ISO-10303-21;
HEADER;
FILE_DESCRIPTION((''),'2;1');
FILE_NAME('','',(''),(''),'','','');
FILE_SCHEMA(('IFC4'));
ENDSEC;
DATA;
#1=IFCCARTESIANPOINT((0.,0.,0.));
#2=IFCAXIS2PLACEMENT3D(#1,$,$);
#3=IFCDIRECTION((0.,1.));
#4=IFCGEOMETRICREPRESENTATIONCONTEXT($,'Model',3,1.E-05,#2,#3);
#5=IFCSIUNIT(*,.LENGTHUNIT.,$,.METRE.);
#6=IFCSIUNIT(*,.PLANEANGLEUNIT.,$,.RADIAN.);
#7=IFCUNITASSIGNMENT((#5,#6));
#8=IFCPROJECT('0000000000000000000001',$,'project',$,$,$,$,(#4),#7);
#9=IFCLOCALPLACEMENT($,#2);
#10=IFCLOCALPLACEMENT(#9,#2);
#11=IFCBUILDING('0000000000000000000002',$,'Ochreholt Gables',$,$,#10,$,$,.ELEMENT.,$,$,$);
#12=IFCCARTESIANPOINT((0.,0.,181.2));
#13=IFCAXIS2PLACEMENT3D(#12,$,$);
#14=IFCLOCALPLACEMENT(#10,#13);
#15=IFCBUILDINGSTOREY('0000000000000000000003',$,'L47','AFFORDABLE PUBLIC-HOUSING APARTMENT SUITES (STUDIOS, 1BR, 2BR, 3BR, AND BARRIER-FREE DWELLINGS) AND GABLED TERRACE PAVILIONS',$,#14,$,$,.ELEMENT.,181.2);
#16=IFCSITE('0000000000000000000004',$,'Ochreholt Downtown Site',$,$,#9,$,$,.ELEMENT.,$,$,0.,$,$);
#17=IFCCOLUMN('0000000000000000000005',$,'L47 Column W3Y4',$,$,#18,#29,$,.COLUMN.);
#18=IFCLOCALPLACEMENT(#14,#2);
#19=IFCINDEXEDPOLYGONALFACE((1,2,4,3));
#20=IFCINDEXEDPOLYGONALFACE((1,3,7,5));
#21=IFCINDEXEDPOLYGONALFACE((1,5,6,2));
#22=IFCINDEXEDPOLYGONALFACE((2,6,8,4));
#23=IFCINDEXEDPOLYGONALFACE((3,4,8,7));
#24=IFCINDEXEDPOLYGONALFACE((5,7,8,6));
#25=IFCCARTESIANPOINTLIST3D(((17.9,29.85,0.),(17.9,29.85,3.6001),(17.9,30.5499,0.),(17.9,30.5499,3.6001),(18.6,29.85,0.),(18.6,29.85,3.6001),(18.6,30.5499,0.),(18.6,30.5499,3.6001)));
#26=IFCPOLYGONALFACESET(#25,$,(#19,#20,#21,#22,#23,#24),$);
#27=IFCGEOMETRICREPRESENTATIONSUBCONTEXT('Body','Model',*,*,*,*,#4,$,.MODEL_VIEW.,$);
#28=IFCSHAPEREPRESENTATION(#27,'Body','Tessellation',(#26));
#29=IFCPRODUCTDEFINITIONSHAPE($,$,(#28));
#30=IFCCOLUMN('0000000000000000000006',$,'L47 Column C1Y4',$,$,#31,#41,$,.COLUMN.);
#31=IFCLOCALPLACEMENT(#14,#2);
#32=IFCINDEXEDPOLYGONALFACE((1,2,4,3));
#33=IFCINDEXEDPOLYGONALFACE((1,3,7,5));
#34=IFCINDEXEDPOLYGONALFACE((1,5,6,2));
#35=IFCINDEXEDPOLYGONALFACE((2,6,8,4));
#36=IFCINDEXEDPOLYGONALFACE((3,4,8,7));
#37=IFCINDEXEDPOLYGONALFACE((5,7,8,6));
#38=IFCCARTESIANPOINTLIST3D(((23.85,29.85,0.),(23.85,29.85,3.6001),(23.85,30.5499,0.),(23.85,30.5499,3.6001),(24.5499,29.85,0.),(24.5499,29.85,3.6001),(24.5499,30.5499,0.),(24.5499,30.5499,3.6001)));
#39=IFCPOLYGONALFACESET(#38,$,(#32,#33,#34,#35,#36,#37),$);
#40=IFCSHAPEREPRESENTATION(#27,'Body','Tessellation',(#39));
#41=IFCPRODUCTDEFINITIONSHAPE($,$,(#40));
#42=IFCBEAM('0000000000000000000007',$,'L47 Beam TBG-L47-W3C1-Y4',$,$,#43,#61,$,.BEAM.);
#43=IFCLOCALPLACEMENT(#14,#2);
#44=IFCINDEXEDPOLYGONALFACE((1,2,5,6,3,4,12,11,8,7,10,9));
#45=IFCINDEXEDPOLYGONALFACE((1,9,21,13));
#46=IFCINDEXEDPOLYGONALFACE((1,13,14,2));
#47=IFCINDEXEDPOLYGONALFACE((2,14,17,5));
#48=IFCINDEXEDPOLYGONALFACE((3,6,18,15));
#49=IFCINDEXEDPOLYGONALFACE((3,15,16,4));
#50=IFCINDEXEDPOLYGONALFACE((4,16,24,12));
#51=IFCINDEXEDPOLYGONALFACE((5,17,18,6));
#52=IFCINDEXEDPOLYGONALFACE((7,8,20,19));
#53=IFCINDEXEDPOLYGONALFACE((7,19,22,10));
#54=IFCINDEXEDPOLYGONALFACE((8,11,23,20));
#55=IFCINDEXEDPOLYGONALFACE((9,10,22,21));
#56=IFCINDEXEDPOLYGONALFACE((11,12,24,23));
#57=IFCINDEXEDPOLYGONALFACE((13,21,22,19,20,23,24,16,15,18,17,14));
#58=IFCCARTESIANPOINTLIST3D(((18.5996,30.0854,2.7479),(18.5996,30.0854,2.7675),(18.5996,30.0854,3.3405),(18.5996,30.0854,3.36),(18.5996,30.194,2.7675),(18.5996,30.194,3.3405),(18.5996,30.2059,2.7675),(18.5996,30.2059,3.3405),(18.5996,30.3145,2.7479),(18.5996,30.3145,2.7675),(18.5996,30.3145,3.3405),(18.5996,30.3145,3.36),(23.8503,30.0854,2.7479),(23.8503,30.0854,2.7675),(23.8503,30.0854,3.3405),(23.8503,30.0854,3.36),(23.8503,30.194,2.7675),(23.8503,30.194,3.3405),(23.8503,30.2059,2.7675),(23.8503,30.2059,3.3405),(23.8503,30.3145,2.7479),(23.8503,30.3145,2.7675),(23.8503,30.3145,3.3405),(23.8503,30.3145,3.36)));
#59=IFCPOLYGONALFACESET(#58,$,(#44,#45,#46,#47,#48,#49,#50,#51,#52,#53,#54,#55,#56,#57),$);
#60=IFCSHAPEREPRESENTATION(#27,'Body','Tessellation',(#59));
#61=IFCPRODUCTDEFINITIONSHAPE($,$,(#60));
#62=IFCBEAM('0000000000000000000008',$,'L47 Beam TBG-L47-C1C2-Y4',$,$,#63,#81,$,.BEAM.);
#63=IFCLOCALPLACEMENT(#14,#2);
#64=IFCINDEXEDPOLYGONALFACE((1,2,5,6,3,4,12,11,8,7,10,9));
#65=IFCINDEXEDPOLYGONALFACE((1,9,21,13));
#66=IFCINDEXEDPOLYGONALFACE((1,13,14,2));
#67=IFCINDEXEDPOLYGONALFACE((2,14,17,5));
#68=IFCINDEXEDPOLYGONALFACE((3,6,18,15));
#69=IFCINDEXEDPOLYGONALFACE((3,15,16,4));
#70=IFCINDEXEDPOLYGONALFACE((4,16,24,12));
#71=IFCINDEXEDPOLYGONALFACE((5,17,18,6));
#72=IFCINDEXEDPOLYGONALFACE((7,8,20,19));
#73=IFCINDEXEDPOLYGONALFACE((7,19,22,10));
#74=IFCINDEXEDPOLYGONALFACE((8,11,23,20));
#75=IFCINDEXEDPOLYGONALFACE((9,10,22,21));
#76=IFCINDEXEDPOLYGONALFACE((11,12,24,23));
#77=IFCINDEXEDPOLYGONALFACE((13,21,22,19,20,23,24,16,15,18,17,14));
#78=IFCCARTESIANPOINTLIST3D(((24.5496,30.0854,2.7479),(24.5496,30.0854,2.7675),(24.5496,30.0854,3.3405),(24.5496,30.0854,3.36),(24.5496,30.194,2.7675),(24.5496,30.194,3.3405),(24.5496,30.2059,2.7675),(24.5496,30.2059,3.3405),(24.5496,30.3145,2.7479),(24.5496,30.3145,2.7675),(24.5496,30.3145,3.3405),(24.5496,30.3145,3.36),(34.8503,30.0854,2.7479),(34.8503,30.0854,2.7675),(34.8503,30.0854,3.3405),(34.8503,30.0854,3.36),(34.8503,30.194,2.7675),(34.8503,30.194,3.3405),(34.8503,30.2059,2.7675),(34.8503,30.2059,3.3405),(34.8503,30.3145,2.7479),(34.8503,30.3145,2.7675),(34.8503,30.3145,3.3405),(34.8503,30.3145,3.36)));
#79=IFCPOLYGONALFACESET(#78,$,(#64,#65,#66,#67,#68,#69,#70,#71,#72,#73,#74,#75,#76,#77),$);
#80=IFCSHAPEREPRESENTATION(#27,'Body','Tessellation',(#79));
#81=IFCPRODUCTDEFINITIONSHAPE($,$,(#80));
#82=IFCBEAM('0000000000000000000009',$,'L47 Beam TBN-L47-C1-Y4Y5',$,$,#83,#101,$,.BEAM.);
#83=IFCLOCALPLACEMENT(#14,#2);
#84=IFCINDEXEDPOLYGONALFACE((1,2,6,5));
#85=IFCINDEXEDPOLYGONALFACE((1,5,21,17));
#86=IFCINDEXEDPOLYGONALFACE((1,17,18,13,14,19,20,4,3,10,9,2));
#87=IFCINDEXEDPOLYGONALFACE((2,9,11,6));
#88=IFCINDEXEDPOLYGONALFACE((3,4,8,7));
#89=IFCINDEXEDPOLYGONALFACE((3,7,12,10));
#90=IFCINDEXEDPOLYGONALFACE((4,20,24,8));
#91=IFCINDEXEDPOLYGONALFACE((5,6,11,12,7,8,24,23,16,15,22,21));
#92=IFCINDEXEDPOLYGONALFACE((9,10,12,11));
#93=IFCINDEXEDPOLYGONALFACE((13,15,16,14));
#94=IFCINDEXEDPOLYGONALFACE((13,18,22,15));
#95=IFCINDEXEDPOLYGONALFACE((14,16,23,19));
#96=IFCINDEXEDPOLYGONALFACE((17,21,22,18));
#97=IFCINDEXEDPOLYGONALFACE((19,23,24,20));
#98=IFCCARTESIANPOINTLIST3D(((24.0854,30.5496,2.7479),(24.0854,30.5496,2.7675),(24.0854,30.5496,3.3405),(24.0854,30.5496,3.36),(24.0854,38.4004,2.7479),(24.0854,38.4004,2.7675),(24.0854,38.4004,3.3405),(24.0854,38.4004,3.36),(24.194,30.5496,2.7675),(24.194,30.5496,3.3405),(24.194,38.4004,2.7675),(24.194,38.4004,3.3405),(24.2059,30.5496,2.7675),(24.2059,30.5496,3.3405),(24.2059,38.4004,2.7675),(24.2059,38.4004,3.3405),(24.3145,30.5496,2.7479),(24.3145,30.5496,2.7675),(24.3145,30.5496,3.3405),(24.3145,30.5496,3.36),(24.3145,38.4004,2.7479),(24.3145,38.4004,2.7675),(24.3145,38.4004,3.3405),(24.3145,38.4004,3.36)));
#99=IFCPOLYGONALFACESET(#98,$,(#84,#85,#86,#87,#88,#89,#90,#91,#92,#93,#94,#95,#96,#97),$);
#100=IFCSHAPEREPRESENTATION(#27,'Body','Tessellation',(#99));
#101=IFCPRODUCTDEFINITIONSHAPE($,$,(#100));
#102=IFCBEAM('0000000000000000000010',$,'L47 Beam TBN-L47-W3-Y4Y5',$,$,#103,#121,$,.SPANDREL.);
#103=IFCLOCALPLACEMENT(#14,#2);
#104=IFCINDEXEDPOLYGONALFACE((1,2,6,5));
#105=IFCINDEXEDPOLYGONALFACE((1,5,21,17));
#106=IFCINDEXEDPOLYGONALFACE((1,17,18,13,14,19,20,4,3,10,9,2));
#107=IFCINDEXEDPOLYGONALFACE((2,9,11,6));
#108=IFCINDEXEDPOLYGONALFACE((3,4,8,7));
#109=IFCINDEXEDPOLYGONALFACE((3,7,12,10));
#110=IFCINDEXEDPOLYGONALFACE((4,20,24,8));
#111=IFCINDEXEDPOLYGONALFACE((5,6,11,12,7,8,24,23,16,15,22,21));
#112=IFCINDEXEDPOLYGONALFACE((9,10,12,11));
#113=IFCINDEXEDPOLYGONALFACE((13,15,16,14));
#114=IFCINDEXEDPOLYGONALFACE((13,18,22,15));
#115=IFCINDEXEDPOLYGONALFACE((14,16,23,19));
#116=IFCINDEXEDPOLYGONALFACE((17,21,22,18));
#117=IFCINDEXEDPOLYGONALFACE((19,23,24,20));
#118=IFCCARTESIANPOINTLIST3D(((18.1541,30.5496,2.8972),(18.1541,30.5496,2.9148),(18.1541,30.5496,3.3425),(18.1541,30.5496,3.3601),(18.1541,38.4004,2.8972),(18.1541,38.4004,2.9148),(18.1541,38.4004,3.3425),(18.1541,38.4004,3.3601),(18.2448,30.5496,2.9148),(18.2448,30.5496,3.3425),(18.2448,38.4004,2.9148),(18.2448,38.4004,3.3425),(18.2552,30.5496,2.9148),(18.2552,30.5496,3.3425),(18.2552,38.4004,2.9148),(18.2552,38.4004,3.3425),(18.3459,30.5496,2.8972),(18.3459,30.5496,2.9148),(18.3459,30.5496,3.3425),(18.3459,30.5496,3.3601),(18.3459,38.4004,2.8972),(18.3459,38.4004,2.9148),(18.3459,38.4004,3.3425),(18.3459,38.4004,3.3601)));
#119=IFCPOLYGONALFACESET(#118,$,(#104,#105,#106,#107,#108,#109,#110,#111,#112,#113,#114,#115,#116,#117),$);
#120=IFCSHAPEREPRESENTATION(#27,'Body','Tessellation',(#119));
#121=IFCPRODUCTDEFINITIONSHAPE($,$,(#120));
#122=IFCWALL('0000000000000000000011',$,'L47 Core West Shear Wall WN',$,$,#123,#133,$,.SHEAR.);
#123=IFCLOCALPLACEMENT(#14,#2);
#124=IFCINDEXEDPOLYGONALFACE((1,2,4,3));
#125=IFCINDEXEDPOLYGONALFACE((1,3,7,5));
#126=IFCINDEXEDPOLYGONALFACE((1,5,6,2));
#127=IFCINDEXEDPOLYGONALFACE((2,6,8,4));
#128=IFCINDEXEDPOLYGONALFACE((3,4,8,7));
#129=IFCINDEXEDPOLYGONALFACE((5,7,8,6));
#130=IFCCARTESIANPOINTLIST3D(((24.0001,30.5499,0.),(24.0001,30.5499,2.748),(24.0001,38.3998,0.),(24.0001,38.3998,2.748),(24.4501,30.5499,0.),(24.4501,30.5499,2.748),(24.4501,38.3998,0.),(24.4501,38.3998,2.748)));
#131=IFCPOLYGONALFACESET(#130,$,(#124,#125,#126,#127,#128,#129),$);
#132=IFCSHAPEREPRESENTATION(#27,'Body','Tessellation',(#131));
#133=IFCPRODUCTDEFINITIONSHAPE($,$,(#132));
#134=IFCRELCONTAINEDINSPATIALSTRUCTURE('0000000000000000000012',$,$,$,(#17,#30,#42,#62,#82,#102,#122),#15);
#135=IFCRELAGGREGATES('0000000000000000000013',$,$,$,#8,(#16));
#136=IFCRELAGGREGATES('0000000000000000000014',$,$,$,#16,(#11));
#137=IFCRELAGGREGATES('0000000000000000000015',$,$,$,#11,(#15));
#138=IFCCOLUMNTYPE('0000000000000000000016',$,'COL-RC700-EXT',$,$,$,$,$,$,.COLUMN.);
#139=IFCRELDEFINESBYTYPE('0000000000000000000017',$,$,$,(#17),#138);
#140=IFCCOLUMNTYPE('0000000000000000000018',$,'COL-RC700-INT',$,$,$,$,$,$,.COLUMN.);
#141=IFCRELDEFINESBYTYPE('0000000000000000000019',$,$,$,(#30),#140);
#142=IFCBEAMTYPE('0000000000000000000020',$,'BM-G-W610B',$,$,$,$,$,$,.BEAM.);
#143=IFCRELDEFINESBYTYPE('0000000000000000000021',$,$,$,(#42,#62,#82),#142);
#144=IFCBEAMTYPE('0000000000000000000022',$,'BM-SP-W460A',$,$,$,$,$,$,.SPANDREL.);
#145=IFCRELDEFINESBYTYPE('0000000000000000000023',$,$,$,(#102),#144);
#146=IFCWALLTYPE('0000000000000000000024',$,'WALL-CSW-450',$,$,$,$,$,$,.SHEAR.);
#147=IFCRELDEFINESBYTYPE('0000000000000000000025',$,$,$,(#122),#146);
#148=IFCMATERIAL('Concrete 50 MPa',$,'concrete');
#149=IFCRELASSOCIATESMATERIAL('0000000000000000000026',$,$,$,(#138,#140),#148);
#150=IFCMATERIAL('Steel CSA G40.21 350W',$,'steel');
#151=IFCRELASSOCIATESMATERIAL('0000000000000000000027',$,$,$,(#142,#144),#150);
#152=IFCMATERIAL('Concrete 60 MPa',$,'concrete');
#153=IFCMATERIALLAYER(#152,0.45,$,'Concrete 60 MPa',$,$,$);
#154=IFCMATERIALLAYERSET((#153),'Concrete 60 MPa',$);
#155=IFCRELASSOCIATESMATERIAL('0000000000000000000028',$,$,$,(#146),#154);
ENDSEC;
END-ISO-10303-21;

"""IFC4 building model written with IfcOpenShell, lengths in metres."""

from ifc_helpers import new_model, si_unit, direction, frame, frame_2d, origin, origin_2d, place, context, subcontext, project, spatial, rectangle, i_section, extrude, material, layer, layer_set, material_profile, profile_set, type_object, element, save


model = new_model("IFC4")

# Units and contexts
model_context = context("Model", 3, precision=1e-05, world=origin(), true_north=direction((0.0, 1.0)))
body_context = subcontext(model_context, "Body", "Model", "MODEL_VIEW")
ifc_project = project(units=[si_unit("LENGTHUNIT", "METRE"), si_unit("PLANEANGLEUNIT", "RADIAN")], contexts=[model_context])

# Site, building, storey
site_placement = place(None, origin())
site = spatial("IfcSite", under=ifc_project, at=site_placement, Name="Ochreholt Downtown Site", CompositionType="ELEMENT", RefElevation=0.0)
building_placement = place(site_placement, origin())
building = spatial("IfcBuilding", under=site, at=building_placement, Name="Ochreholt Gables", CompositionType="ELEMENT")
storey_placement = place(building_placement, frame((0.0, 0.0, 181.2)))
storey = spatial("IfcBuildingStorey", under=building, at=storey_placement, Name="L47", Description="AFFORDABLE PUBLIC-HOUSING APARTMENT SUITES (STUDIOS, 1BR, 2BR, 3BR, AND BARRIER-FREE DWELLINGS) AND GABLED TERRACE PAVILIONS", CompositionType="ELEMENT", Elevation=181.2)

# Columns
ifc_material_1 = material(Name="Concrete 50 MPa", Category="concrete")
ifc_material_profile_1 = material_profile(ifc_material_1, rectangle(XDim=0.7, YDim=0.7, at=origin_2d()), Name="RC700X700")
ifc_profile_set_1 = profile_set([ifc_material_profile_1], Name="Concrete 50 MPa")
column_type_1 = type_object("IfcColumnType", Name="COL-RC700-EXT", PredefinedType="COLUMN", material=ifc_profile_set_1)
column_1_placement = place(storey_placement, frame((18.25, 30.2, 0.0), z_axis=(0.0, 0.0, 1.0), x_axis=(1.0, 0.0, 0.0)))
element("IfcColumn", 1, at=column_1_placement, inside=storey, type_object=column_type_1, Name="L47 Column W3Y4", PredefinedType="COLUMN", context=body_context, shape_type="SweptSolid", body=[
    extrude(rectangle(XDim=0.7, YDim=0.7, at=origin_2d()), origin(), (0.0, 0.0, 1.0), 3.6001),
])
ifc_material_profile_2 = material_profile(ifc_material_1, rectangle(XDim=0.7, YDim=0.7, at=origin_2d()), Name="RC700X700")
ifc_profile_set_2 = profile_set([ifc_material_profile_2], Name="Concrete 50 MPa")
column_type_2 = type_object("IfcColumnType", Name="COL-RC700-INT", PredefinedType="COLUMN", material=ifc_profile_set_2)
column_2_placement = place(storey_placement, frame((24.2, 30.2, 0.0), z_axis=(0.0, 0.0, 1.0), x_axis=(1.0, 0.0, 0.0)))
element("IfcColumn", 2, at=column_2_placement, inside=storey, type_object=column_type_2, Name="L47 Column C1Y4", PredefinedType="COLUMN", context=body_context, shape_type="SweptSolid", body=[
    extrude(rectangle(XDim=0.7, YDim=0.7, at=origin_2d()), origin(), (0.0, 0.0, 1.0), 3.6001),
])

# Beams
ifc_material_2 = material(Name="Steel CSA G40.21 350W", Category="steel")
ifc_material_profile_3 = material_profile(ifc_material_2, i_section(OverallWidth=0.229, OverallDepth=0.6121, WebThickness=0.012, FlangeThickness=0.0195, at=origin_2d()), Name="W610X125")
ifc_profile_set_3 = profile_set([ifc_material_profile_3], Name="Steel CSA G40.21 350W")
beam_type_1 = type_object("IfcBeamType", Name="BM-G-W610B", PredefinedType="BEAM", material=ifc_profile_set_3)
beam_1_placement = place(storey_placement, frame((18.5996, 30.2, 3.054), z_axis=(1.0, 0.0, 0.0), x_axis=(0.0, 1.0, 0.0)))
element("IfcBeam", 3, at=beam_1_placement, inside=storey, type_object=beam_type_1, Name="L47 Beam TBG-L47-W3C1-Y4", PredefinedType="BEAM", context=body_context, shape_type="SweptSolid", body=[
    extrude(i_section(OverallWidth=0.229, OverallDepth=0.6121, WebThickness=0.012, FlangeThickness=0.0195, at=origin_2d()), origin(), (0.0, 0.0, 1.0), 5.2507),
])
beam_2_placement = place(storey_placement, frame((24.5496, 30.2, 3.054), z_axis=(1.0, 0.0, 0.0), x_axis=(0.0, 1.0, 0.0)))
element("IfcBeam", 4, at=beam_2_placement, inside=storey, type_object=beam_type_1, Name="L47 Beam TBG-L47-C1C2-Y4", PredefinedType="BEAM", context=body_context, shape_type="SweptSolid", body=[
    extrude(i_section(OverallWidth=0.229, OverallDepth=0.6121, WebThickness=0.012, FlangeThickness=0.0195, at=origin_2d()), origin(), (0.0, 0.0, 1.0), 10.3008),
])
beam_3_placement = place(storey_placement, frame((24.2, 30.5496, 3.054), z_axis=(0.0, 1.0, 0.0), x_axis=(-1.0, 0.0, 0.0)))
element("IfcBeam", 5, at=beam_3_placement, inside=storey, type_object=beam_type_1, Name="L47 Beam TBN-L47-C1-Y4Y5", PredefinedType="BEAM", context=body_context, shape_type="SweptSolid", body=[
    extrude(i_section(OverallWidth=0.229, OverallDepth=0.6121, WebThickness=0.012, FlangeThickness=0.0195, at=origin_2d()), origin(), (0.0, 0.0, 1.0), 7.8508),
])
ifc_material_profile_4 = material_profile(ifc_material_2, i_section(OverallWidth=0.1919, OverallDepth=0.4629, WebThickness=0.0105, FlangeThickness=0.0176, at=origin_2d()), Name="W460X89")
ifc_profile_set_4 = profile_set([ifc_material_profile_4], Name="Steel CSA G40.21 350W")
beam_type_2 = type_object("IfcBeamType", Name="BM-SP-W460A", PredefinedType="SPANDREL", material=ifc_profile_set_4)
beam_4_placement = place(storey_placement, frame((18.25, 30.5496, 3.1287), z_axis=(0.0, 1.0, 0.0), x_axis=(-1.0, 0.0, 0.0)))
element("IfcBeam", 6, at=beam_4_placement, inside=storey, type_object=beam_type_2, Name="L47 Beam TBN-L47-W3-Y4Y5", PredefinedType="SPANDREL", context=body_context, shape_type="SweptSolid", body=[
    extrude(i_section(OverallWidth=0.1919, OverallDepth=0.4629, WebThickness=0.0105, FlangeThickness=0.0176, at=origin_2d()), origin(), (0.0, 0.0, 1.0), 7.8508),
])

# Wall
ifc_material_3 = material(Name="Concrete 60 MPa", Category="concrete")
ifc_layer_1 = layer(ifc_material_3, 0.45, Name="Concrete 60 MPa")
ifc_layer_set_1 = layer_set([ifc_layer_1], Name="Concrete 60 MPa")
wall_type_1 = type_object("IfcWallType", Name="WALL-CSW-450", PredefinedType="SHEAR", material=ifc_layer_set_1)
wall_1_placement = place(storey_placement, frame((24.2251, 30.55, 0.0), z_axis=(0.0, 0.0, 1.0), x_axis=(0.0, 1.0, 0.0)))
element("IfcWall", 7, at=wall_1_placement, inside=storey, type_object=wall_type_1, Name="L47 Core West Shear Wall WN", PredefinedType="SHEAR", context=body_context, shape_type="SweptSolid", body=[
    extrude(rectangle(XDim=7.8499, YDim=0.45, at=frame_2d((3.9248, 0.0))), origin(), (0.0, 0.0, 1.0), 2.748),
])

save(model, "model.ifc")
